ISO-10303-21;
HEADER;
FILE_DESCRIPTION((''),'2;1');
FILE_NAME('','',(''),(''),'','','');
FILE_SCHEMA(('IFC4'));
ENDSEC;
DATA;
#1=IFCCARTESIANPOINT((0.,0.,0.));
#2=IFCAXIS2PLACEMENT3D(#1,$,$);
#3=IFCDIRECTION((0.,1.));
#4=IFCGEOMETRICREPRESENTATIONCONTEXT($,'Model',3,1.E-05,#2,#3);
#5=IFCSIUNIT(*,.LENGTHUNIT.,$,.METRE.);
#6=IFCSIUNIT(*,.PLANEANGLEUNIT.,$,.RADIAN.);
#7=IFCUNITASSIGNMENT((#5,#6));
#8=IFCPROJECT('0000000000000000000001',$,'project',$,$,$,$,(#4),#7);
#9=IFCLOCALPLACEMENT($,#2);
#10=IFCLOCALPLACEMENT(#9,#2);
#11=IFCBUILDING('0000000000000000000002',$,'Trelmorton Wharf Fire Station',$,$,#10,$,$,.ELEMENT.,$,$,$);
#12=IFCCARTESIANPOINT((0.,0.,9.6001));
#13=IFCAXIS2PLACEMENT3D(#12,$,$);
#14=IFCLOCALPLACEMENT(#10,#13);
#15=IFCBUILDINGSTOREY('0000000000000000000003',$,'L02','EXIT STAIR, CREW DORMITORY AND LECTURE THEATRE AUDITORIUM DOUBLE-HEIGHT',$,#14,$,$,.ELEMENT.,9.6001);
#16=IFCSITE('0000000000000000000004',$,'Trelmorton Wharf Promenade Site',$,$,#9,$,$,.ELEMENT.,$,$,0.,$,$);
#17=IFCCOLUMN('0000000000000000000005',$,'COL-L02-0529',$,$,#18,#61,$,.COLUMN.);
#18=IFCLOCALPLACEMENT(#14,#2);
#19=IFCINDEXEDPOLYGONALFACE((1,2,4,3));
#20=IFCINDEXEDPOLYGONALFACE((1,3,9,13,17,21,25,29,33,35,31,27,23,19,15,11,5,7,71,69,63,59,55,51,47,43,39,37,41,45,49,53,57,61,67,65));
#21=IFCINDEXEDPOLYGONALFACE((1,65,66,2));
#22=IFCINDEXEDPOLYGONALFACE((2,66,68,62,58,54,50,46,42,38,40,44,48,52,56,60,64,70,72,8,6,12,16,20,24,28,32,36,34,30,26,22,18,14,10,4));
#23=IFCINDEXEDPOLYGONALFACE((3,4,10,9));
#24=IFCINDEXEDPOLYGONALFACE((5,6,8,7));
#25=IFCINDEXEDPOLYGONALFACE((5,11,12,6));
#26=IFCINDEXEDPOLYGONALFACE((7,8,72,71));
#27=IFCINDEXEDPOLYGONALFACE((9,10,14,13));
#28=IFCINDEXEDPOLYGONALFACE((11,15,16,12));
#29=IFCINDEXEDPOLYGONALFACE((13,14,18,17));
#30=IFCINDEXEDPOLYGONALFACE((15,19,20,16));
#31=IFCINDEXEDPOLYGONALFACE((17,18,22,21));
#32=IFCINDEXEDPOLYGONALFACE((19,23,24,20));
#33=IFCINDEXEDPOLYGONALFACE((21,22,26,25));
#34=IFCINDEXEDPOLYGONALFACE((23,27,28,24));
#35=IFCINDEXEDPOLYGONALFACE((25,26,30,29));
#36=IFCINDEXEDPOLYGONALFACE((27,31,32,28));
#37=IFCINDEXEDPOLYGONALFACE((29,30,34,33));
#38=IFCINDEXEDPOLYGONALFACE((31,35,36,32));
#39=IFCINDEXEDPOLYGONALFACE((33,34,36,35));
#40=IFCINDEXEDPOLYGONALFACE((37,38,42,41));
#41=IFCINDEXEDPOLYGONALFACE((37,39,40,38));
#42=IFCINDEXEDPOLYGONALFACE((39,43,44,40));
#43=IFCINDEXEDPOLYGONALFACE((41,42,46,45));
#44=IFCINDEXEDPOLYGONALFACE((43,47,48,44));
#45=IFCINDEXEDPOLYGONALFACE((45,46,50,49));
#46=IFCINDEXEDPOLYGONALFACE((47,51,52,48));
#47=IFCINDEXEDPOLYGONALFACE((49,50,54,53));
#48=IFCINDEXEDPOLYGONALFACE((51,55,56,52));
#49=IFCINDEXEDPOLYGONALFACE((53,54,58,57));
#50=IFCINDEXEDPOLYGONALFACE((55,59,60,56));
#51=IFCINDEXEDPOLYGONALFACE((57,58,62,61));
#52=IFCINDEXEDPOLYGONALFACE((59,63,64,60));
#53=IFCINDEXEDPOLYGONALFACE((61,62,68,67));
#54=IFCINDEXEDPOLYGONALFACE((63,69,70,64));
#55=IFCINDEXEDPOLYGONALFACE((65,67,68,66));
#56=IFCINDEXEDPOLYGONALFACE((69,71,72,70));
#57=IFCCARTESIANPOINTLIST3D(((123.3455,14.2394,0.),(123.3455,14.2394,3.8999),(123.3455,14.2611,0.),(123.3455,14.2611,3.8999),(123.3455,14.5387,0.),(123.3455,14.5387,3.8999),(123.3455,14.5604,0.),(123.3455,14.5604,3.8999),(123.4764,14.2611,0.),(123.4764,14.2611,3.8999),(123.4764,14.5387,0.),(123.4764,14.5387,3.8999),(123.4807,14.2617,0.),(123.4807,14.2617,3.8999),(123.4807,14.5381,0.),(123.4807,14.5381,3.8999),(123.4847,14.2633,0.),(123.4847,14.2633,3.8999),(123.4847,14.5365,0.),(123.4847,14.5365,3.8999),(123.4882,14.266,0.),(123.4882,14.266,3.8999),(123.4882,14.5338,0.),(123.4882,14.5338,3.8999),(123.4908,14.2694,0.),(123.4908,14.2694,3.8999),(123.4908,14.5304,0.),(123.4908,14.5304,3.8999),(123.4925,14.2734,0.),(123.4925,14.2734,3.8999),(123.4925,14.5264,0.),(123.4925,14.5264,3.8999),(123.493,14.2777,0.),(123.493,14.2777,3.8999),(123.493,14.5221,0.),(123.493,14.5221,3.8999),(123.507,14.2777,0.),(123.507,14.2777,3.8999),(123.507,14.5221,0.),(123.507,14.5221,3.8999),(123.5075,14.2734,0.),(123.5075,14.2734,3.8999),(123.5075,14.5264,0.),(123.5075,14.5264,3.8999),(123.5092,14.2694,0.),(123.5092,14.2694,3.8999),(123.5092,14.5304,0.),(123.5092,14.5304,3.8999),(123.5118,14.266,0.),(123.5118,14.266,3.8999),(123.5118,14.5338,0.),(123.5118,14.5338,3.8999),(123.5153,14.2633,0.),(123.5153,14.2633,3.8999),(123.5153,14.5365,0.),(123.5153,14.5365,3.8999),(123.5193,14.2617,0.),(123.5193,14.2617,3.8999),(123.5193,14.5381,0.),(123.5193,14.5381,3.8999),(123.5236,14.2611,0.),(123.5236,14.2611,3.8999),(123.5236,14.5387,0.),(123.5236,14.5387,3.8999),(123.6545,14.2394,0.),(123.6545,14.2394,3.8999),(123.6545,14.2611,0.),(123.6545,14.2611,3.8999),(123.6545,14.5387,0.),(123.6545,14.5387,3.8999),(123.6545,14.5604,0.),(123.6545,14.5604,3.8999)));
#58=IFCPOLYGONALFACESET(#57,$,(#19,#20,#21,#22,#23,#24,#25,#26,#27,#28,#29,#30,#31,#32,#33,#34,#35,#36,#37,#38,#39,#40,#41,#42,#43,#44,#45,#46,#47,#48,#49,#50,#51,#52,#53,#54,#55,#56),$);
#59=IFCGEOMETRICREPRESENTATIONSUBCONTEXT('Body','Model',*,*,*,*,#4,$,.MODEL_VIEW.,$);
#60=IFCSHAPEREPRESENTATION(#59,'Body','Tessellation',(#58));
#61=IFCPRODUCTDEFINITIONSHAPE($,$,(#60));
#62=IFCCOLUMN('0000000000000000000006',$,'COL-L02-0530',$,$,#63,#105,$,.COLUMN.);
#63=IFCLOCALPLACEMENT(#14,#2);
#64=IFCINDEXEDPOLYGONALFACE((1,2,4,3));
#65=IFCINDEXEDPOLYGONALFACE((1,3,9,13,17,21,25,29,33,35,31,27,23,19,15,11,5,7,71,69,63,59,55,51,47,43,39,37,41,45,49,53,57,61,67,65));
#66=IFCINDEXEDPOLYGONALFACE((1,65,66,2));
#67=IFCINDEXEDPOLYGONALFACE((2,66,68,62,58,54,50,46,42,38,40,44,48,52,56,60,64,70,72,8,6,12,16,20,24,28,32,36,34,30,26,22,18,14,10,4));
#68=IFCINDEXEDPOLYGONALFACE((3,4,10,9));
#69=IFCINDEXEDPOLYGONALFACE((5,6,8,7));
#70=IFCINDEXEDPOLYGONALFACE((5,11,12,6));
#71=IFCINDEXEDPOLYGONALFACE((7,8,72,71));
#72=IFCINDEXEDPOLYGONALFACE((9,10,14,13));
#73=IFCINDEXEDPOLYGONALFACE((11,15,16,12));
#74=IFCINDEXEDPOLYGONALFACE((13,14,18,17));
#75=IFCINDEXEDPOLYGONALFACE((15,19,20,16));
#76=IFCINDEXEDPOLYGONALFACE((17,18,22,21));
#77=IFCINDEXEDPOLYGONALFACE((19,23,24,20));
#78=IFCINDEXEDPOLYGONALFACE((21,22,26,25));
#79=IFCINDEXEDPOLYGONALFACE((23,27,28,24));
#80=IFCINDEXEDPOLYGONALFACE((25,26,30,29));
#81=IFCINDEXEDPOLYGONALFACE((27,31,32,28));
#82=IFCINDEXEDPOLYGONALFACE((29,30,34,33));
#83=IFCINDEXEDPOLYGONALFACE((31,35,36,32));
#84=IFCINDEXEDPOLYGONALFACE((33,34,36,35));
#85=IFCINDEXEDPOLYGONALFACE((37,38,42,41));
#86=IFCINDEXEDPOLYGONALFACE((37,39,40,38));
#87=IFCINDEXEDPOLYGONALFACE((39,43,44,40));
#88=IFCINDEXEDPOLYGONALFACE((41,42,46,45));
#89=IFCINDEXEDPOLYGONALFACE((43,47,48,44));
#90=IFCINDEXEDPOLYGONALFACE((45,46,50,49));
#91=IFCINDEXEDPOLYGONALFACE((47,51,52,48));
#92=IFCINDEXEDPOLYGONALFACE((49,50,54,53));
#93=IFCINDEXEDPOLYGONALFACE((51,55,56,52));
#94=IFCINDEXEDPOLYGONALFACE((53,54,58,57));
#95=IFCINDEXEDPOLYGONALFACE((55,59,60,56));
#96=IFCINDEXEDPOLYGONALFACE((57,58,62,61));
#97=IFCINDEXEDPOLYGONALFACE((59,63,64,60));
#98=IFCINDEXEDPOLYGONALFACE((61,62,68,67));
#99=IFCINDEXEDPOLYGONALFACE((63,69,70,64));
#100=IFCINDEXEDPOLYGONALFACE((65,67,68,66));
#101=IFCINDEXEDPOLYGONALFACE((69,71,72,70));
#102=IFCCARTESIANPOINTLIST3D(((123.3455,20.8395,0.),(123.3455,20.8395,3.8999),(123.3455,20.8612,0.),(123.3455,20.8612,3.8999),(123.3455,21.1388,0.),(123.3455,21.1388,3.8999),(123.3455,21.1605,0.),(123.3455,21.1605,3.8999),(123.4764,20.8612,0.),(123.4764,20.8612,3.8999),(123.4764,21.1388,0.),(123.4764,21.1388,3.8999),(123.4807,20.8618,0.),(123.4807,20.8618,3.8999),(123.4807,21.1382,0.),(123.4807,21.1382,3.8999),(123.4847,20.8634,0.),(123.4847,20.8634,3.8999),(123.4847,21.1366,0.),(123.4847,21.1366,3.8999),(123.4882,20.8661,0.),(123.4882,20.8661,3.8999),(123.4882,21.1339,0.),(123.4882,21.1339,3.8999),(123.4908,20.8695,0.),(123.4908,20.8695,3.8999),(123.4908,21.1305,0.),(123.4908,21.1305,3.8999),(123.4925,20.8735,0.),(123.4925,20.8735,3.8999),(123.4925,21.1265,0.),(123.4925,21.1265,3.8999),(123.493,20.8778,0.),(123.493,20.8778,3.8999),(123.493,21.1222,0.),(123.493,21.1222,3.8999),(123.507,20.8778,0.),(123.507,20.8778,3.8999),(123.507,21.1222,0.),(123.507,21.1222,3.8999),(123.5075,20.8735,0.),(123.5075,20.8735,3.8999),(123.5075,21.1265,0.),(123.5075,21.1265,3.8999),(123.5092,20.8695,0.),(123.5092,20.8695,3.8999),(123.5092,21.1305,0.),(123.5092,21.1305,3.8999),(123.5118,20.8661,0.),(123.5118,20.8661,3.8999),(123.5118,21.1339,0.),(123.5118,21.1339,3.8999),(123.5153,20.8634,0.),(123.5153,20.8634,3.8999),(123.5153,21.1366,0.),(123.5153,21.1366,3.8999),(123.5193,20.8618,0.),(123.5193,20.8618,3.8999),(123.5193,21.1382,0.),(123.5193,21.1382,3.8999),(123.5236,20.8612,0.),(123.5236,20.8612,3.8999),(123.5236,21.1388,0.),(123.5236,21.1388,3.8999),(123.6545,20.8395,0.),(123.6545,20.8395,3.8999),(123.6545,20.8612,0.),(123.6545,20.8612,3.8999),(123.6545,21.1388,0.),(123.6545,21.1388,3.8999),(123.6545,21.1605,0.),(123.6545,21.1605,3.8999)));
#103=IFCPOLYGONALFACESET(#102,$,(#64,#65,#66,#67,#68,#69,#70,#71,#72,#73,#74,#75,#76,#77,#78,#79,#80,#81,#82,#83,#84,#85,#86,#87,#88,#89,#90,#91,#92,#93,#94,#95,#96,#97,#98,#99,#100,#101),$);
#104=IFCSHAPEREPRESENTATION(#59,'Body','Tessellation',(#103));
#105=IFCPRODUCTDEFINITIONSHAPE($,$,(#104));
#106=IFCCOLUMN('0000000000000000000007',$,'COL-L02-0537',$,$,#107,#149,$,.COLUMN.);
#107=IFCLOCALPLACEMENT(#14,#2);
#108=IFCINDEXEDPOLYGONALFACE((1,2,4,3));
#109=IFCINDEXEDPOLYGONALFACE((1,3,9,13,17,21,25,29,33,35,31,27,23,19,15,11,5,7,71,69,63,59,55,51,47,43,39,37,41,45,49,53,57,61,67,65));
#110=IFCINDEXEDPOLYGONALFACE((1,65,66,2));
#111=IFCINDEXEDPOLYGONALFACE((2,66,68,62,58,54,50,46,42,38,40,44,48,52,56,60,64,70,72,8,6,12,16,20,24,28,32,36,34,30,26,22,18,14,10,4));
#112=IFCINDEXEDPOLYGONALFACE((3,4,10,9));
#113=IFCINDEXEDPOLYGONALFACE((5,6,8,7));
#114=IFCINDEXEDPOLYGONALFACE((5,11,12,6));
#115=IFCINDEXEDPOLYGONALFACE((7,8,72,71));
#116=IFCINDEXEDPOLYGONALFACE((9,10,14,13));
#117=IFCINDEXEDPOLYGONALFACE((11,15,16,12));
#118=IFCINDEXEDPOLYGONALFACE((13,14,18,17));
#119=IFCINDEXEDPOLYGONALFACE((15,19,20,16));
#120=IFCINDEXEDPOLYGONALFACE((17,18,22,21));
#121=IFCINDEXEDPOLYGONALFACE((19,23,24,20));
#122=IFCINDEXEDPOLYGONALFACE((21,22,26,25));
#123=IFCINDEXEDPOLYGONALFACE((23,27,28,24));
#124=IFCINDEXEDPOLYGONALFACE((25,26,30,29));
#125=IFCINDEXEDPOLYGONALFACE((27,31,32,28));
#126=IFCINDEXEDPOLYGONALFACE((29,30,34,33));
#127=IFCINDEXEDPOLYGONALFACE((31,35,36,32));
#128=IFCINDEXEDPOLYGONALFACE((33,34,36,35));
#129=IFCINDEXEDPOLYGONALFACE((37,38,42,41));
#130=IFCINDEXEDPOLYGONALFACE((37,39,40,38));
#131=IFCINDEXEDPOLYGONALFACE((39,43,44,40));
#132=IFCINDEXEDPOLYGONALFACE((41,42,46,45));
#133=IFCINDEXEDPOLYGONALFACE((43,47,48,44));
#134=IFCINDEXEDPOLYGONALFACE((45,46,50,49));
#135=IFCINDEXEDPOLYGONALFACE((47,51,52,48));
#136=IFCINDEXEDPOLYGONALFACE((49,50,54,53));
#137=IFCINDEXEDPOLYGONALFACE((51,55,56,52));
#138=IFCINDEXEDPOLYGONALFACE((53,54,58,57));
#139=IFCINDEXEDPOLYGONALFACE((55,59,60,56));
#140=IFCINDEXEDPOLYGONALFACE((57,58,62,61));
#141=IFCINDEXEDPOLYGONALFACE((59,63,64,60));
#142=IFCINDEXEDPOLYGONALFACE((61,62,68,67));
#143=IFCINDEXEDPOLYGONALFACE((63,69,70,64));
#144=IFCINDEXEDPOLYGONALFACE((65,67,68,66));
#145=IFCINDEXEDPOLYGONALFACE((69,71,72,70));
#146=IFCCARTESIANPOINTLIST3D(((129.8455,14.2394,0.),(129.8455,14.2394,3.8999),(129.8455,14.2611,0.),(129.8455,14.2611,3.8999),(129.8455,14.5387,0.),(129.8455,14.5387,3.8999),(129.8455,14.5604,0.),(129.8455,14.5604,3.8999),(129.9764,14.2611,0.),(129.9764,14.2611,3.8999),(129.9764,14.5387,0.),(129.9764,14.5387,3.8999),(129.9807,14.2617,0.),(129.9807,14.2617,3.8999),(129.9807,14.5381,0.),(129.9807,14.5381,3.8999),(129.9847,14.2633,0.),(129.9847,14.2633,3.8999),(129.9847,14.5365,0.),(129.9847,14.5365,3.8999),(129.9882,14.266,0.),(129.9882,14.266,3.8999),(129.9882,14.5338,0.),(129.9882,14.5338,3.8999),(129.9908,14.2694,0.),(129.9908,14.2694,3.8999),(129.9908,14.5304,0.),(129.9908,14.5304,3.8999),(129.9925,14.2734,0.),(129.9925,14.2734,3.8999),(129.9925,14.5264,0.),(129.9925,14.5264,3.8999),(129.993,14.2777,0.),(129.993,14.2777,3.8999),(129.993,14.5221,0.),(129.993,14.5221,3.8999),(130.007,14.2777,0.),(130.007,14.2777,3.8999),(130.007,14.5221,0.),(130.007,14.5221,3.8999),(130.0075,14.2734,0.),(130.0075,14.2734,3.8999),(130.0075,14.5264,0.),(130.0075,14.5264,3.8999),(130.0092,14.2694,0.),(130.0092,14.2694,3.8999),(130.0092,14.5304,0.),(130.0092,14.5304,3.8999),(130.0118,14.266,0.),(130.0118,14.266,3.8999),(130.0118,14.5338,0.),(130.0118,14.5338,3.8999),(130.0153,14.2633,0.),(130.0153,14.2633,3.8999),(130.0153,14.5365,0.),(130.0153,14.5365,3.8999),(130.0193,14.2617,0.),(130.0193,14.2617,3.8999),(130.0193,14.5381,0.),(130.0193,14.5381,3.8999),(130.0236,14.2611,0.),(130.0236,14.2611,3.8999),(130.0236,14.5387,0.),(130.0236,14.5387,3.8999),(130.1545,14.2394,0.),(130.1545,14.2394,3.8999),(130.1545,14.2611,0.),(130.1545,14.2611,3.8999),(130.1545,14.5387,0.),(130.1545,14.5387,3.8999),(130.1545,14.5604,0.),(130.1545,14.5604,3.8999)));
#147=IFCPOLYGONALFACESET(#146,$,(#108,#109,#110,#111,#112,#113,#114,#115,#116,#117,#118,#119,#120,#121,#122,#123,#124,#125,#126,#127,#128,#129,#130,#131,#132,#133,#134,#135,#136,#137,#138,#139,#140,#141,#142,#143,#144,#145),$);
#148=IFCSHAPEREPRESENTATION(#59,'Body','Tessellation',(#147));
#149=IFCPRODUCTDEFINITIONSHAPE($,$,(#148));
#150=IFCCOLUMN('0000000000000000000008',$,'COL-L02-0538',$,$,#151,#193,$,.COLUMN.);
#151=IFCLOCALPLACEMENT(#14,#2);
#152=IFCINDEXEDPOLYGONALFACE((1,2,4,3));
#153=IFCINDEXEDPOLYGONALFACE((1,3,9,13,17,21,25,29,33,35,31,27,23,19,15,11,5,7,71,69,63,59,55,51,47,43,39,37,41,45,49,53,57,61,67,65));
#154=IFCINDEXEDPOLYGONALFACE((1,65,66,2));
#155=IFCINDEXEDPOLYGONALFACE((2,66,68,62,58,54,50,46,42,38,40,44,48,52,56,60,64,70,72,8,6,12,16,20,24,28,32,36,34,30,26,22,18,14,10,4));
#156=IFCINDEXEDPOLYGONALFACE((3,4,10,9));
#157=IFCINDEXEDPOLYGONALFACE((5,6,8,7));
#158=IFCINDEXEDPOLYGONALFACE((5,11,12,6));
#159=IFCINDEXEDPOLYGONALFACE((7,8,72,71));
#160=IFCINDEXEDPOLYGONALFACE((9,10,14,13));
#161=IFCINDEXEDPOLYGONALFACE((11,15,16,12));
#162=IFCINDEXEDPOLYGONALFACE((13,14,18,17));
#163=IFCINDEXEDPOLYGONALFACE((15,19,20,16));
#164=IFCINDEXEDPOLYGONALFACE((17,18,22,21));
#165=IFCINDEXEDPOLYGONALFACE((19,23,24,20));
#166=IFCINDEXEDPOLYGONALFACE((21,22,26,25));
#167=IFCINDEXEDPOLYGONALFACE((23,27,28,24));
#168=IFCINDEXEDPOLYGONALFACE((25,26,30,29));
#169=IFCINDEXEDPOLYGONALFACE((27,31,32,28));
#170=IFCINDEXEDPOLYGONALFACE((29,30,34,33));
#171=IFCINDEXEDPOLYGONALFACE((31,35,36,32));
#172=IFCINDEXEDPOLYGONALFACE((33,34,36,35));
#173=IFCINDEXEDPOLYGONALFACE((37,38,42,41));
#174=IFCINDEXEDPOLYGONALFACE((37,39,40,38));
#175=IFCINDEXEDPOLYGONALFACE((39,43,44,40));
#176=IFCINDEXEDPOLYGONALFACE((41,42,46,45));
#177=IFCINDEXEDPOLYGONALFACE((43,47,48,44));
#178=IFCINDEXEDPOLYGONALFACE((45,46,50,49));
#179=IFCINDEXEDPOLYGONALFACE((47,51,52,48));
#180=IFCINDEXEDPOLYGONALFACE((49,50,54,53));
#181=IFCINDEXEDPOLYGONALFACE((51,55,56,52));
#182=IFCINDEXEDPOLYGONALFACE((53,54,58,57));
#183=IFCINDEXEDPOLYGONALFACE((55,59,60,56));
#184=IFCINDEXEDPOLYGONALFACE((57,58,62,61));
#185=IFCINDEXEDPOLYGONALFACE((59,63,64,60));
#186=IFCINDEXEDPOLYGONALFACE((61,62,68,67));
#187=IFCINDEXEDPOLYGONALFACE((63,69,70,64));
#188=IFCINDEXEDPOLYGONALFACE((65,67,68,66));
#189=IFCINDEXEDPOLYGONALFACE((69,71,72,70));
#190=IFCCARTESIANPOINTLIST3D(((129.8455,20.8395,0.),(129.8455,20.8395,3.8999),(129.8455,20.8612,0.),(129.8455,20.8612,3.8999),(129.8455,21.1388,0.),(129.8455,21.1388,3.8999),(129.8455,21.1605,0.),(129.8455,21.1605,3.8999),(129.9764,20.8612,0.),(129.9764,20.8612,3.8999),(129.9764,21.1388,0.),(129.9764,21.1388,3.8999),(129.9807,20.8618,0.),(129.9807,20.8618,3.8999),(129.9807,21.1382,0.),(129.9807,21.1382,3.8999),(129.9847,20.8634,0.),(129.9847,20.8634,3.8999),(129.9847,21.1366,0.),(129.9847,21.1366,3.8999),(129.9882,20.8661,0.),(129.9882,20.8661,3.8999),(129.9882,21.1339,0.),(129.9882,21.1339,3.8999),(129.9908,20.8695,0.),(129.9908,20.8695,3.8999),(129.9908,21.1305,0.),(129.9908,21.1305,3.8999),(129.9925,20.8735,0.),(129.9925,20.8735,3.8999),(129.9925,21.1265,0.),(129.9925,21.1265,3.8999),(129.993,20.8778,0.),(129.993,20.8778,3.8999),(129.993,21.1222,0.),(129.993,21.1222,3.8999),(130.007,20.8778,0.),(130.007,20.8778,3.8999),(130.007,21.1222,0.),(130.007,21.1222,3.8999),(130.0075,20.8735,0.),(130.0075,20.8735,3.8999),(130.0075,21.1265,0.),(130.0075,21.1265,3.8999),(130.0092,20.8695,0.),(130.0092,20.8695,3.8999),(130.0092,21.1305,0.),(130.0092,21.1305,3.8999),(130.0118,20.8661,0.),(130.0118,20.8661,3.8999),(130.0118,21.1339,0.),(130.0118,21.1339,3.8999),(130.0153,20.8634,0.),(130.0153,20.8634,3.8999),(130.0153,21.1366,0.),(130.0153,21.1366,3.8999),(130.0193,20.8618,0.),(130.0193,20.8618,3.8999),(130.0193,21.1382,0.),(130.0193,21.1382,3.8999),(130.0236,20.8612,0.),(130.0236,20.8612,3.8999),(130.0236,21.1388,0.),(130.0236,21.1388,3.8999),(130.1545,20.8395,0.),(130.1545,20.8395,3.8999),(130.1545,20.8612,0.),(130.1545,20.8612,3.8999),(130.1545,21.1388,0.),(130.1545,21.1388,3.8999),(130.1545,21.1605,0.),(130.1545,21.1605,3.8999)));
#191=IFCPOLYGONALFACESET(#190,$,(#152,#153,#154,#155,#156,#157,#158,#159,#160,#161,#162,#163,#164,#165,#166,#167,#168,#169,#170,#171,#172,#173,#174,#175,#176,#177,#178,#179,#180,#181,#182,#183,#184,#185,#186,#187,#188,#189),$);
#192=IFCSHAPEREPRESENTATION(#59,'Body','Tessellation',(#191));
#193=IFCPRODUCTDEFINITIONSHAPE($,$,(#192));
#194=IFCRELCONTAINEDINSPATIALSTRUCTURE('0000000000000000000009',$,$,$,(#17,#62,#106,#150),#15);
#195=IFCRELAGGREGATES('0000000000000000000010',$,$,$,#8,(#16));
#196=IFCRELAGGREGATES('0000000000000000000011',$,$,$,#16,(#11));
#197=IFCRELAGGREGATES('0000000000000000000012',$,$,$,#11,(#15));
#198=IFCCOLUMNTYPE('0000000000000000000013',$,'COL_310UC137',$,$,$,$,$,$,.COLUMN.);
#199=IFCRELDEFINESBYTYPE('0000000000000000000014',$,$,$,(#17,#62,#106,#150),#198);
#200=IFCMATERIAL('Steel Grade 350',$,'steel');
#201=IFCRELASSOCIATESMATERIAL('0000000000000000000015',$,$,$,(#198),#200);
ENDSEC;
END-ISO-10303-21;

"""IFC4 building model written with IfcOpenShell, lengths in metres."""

from ifc_helpers import new_model, si_unit, direction, frame, origin, origin_2d, place, context, subcontext, project, spatial, i_section, extrude, material, material_profile, profile_set, type_object, element, save


model = new_model("IFC4")

# Units and contexts
model_context = context("Model", 3, precision=1e-05, world=origin(), true_north=direction((0.0, 1.0)))
body_context = subcontext(model_context, "Body", "Model", "MODEL_VIEW")
ifc_project = project(units=[si_unit("LENGTHUNIT", "METRE"), si_unit("PLANEANGLEUNIT", "RADIAN")], contexts=[model_context])

# Site, building, storey
site_placement = place(None, origin())
site = spatial("IfcSite", under=ifc_project, at=site_placement, Name="Trelmorton Wharf Promenade Site", CompositionType="ELEMENT", RefElevation=0.0)
building_placement = place(site_placement, origin())
building = spatial("IfcBuilding", under=site, at=building_placement, Name="Trelmorton Wharf Fire Station", CompositionType="ELEMENT")
storey_placement = place(building_placement, frame((0.0, 0.0, 9.6001)))
storey = spatial("IfcBuildingStorey", under=building, at=storey_placement, Name="L02", Description="EXIT STAIR, CREW DORMITORY AND LECTURE THEATRE AUDITORIUM DOUBLE-HEIGHT", CompositionType="ELEMENT", Elevation=9.6001)

# Columns
ifc_material_1 = material(Name="Steel Grade 350", Category="steel")
ifc_material_profile_1 = material_profile(ifc_material_1, i_section(OverallWidth=0.3091, OverallDepth=0.321, WebThickness=0.0139, FlangeThickness=0.0217, FilletRadius=0.0166, at=origin_2d()), Name="310UC137")
ifc_profile_set_1 = profile_set([ifc_material_profile_1], Name="Steel Grade 350")
column_type = type_object("IfcColumnType", Name="COL_310UC137", PredefinedType="COLUMN", material=ifc_profile_set_1)
for number, where, z_axis, x_axis, name in (
    (1, (123.5, 14.3999, 0.0), (0.0, 0.0, 1.0), (1.0, 0.0, 0.0), "COL-L02-0529"),
    (2, (123.5, 21.0, 0.0), (0.0, 0.0, 1.0), (1.0, 0.0, 0.0), "COL-L02-0530"),
    (3, (130.0, 14.3999, 0.0), (0.0, 0.0, 1.0), (1.0, 0.0, 0.0), "COL-L02-0537"),
    (4, (130.0, 21.0, 0.0), (0.0, 0.0, 1.0), (1.0, 0.0, 0.0), "COL-L02-0538"),
):
    element("IfcColumn", number, at=place(storey_placement, frame(where, z_axis=z_axis, x_axis=x_axis)), inside=storey, type_object=column_type, Name=name, PredefinedType="COLUMN", context=body_context, shape_type="SweptSolid", body=[
        extrude(i_section(OverallWidth=0.3091, OverallDepth=0.321, WebThickness=0.0139, FlangeThickness=0.0217, FilletRadius=0.0166, at=origin_2d()), origin(), (0.0, 0.0, 1.0), 3.8999),
    ])

save(model, "model.ifc")
